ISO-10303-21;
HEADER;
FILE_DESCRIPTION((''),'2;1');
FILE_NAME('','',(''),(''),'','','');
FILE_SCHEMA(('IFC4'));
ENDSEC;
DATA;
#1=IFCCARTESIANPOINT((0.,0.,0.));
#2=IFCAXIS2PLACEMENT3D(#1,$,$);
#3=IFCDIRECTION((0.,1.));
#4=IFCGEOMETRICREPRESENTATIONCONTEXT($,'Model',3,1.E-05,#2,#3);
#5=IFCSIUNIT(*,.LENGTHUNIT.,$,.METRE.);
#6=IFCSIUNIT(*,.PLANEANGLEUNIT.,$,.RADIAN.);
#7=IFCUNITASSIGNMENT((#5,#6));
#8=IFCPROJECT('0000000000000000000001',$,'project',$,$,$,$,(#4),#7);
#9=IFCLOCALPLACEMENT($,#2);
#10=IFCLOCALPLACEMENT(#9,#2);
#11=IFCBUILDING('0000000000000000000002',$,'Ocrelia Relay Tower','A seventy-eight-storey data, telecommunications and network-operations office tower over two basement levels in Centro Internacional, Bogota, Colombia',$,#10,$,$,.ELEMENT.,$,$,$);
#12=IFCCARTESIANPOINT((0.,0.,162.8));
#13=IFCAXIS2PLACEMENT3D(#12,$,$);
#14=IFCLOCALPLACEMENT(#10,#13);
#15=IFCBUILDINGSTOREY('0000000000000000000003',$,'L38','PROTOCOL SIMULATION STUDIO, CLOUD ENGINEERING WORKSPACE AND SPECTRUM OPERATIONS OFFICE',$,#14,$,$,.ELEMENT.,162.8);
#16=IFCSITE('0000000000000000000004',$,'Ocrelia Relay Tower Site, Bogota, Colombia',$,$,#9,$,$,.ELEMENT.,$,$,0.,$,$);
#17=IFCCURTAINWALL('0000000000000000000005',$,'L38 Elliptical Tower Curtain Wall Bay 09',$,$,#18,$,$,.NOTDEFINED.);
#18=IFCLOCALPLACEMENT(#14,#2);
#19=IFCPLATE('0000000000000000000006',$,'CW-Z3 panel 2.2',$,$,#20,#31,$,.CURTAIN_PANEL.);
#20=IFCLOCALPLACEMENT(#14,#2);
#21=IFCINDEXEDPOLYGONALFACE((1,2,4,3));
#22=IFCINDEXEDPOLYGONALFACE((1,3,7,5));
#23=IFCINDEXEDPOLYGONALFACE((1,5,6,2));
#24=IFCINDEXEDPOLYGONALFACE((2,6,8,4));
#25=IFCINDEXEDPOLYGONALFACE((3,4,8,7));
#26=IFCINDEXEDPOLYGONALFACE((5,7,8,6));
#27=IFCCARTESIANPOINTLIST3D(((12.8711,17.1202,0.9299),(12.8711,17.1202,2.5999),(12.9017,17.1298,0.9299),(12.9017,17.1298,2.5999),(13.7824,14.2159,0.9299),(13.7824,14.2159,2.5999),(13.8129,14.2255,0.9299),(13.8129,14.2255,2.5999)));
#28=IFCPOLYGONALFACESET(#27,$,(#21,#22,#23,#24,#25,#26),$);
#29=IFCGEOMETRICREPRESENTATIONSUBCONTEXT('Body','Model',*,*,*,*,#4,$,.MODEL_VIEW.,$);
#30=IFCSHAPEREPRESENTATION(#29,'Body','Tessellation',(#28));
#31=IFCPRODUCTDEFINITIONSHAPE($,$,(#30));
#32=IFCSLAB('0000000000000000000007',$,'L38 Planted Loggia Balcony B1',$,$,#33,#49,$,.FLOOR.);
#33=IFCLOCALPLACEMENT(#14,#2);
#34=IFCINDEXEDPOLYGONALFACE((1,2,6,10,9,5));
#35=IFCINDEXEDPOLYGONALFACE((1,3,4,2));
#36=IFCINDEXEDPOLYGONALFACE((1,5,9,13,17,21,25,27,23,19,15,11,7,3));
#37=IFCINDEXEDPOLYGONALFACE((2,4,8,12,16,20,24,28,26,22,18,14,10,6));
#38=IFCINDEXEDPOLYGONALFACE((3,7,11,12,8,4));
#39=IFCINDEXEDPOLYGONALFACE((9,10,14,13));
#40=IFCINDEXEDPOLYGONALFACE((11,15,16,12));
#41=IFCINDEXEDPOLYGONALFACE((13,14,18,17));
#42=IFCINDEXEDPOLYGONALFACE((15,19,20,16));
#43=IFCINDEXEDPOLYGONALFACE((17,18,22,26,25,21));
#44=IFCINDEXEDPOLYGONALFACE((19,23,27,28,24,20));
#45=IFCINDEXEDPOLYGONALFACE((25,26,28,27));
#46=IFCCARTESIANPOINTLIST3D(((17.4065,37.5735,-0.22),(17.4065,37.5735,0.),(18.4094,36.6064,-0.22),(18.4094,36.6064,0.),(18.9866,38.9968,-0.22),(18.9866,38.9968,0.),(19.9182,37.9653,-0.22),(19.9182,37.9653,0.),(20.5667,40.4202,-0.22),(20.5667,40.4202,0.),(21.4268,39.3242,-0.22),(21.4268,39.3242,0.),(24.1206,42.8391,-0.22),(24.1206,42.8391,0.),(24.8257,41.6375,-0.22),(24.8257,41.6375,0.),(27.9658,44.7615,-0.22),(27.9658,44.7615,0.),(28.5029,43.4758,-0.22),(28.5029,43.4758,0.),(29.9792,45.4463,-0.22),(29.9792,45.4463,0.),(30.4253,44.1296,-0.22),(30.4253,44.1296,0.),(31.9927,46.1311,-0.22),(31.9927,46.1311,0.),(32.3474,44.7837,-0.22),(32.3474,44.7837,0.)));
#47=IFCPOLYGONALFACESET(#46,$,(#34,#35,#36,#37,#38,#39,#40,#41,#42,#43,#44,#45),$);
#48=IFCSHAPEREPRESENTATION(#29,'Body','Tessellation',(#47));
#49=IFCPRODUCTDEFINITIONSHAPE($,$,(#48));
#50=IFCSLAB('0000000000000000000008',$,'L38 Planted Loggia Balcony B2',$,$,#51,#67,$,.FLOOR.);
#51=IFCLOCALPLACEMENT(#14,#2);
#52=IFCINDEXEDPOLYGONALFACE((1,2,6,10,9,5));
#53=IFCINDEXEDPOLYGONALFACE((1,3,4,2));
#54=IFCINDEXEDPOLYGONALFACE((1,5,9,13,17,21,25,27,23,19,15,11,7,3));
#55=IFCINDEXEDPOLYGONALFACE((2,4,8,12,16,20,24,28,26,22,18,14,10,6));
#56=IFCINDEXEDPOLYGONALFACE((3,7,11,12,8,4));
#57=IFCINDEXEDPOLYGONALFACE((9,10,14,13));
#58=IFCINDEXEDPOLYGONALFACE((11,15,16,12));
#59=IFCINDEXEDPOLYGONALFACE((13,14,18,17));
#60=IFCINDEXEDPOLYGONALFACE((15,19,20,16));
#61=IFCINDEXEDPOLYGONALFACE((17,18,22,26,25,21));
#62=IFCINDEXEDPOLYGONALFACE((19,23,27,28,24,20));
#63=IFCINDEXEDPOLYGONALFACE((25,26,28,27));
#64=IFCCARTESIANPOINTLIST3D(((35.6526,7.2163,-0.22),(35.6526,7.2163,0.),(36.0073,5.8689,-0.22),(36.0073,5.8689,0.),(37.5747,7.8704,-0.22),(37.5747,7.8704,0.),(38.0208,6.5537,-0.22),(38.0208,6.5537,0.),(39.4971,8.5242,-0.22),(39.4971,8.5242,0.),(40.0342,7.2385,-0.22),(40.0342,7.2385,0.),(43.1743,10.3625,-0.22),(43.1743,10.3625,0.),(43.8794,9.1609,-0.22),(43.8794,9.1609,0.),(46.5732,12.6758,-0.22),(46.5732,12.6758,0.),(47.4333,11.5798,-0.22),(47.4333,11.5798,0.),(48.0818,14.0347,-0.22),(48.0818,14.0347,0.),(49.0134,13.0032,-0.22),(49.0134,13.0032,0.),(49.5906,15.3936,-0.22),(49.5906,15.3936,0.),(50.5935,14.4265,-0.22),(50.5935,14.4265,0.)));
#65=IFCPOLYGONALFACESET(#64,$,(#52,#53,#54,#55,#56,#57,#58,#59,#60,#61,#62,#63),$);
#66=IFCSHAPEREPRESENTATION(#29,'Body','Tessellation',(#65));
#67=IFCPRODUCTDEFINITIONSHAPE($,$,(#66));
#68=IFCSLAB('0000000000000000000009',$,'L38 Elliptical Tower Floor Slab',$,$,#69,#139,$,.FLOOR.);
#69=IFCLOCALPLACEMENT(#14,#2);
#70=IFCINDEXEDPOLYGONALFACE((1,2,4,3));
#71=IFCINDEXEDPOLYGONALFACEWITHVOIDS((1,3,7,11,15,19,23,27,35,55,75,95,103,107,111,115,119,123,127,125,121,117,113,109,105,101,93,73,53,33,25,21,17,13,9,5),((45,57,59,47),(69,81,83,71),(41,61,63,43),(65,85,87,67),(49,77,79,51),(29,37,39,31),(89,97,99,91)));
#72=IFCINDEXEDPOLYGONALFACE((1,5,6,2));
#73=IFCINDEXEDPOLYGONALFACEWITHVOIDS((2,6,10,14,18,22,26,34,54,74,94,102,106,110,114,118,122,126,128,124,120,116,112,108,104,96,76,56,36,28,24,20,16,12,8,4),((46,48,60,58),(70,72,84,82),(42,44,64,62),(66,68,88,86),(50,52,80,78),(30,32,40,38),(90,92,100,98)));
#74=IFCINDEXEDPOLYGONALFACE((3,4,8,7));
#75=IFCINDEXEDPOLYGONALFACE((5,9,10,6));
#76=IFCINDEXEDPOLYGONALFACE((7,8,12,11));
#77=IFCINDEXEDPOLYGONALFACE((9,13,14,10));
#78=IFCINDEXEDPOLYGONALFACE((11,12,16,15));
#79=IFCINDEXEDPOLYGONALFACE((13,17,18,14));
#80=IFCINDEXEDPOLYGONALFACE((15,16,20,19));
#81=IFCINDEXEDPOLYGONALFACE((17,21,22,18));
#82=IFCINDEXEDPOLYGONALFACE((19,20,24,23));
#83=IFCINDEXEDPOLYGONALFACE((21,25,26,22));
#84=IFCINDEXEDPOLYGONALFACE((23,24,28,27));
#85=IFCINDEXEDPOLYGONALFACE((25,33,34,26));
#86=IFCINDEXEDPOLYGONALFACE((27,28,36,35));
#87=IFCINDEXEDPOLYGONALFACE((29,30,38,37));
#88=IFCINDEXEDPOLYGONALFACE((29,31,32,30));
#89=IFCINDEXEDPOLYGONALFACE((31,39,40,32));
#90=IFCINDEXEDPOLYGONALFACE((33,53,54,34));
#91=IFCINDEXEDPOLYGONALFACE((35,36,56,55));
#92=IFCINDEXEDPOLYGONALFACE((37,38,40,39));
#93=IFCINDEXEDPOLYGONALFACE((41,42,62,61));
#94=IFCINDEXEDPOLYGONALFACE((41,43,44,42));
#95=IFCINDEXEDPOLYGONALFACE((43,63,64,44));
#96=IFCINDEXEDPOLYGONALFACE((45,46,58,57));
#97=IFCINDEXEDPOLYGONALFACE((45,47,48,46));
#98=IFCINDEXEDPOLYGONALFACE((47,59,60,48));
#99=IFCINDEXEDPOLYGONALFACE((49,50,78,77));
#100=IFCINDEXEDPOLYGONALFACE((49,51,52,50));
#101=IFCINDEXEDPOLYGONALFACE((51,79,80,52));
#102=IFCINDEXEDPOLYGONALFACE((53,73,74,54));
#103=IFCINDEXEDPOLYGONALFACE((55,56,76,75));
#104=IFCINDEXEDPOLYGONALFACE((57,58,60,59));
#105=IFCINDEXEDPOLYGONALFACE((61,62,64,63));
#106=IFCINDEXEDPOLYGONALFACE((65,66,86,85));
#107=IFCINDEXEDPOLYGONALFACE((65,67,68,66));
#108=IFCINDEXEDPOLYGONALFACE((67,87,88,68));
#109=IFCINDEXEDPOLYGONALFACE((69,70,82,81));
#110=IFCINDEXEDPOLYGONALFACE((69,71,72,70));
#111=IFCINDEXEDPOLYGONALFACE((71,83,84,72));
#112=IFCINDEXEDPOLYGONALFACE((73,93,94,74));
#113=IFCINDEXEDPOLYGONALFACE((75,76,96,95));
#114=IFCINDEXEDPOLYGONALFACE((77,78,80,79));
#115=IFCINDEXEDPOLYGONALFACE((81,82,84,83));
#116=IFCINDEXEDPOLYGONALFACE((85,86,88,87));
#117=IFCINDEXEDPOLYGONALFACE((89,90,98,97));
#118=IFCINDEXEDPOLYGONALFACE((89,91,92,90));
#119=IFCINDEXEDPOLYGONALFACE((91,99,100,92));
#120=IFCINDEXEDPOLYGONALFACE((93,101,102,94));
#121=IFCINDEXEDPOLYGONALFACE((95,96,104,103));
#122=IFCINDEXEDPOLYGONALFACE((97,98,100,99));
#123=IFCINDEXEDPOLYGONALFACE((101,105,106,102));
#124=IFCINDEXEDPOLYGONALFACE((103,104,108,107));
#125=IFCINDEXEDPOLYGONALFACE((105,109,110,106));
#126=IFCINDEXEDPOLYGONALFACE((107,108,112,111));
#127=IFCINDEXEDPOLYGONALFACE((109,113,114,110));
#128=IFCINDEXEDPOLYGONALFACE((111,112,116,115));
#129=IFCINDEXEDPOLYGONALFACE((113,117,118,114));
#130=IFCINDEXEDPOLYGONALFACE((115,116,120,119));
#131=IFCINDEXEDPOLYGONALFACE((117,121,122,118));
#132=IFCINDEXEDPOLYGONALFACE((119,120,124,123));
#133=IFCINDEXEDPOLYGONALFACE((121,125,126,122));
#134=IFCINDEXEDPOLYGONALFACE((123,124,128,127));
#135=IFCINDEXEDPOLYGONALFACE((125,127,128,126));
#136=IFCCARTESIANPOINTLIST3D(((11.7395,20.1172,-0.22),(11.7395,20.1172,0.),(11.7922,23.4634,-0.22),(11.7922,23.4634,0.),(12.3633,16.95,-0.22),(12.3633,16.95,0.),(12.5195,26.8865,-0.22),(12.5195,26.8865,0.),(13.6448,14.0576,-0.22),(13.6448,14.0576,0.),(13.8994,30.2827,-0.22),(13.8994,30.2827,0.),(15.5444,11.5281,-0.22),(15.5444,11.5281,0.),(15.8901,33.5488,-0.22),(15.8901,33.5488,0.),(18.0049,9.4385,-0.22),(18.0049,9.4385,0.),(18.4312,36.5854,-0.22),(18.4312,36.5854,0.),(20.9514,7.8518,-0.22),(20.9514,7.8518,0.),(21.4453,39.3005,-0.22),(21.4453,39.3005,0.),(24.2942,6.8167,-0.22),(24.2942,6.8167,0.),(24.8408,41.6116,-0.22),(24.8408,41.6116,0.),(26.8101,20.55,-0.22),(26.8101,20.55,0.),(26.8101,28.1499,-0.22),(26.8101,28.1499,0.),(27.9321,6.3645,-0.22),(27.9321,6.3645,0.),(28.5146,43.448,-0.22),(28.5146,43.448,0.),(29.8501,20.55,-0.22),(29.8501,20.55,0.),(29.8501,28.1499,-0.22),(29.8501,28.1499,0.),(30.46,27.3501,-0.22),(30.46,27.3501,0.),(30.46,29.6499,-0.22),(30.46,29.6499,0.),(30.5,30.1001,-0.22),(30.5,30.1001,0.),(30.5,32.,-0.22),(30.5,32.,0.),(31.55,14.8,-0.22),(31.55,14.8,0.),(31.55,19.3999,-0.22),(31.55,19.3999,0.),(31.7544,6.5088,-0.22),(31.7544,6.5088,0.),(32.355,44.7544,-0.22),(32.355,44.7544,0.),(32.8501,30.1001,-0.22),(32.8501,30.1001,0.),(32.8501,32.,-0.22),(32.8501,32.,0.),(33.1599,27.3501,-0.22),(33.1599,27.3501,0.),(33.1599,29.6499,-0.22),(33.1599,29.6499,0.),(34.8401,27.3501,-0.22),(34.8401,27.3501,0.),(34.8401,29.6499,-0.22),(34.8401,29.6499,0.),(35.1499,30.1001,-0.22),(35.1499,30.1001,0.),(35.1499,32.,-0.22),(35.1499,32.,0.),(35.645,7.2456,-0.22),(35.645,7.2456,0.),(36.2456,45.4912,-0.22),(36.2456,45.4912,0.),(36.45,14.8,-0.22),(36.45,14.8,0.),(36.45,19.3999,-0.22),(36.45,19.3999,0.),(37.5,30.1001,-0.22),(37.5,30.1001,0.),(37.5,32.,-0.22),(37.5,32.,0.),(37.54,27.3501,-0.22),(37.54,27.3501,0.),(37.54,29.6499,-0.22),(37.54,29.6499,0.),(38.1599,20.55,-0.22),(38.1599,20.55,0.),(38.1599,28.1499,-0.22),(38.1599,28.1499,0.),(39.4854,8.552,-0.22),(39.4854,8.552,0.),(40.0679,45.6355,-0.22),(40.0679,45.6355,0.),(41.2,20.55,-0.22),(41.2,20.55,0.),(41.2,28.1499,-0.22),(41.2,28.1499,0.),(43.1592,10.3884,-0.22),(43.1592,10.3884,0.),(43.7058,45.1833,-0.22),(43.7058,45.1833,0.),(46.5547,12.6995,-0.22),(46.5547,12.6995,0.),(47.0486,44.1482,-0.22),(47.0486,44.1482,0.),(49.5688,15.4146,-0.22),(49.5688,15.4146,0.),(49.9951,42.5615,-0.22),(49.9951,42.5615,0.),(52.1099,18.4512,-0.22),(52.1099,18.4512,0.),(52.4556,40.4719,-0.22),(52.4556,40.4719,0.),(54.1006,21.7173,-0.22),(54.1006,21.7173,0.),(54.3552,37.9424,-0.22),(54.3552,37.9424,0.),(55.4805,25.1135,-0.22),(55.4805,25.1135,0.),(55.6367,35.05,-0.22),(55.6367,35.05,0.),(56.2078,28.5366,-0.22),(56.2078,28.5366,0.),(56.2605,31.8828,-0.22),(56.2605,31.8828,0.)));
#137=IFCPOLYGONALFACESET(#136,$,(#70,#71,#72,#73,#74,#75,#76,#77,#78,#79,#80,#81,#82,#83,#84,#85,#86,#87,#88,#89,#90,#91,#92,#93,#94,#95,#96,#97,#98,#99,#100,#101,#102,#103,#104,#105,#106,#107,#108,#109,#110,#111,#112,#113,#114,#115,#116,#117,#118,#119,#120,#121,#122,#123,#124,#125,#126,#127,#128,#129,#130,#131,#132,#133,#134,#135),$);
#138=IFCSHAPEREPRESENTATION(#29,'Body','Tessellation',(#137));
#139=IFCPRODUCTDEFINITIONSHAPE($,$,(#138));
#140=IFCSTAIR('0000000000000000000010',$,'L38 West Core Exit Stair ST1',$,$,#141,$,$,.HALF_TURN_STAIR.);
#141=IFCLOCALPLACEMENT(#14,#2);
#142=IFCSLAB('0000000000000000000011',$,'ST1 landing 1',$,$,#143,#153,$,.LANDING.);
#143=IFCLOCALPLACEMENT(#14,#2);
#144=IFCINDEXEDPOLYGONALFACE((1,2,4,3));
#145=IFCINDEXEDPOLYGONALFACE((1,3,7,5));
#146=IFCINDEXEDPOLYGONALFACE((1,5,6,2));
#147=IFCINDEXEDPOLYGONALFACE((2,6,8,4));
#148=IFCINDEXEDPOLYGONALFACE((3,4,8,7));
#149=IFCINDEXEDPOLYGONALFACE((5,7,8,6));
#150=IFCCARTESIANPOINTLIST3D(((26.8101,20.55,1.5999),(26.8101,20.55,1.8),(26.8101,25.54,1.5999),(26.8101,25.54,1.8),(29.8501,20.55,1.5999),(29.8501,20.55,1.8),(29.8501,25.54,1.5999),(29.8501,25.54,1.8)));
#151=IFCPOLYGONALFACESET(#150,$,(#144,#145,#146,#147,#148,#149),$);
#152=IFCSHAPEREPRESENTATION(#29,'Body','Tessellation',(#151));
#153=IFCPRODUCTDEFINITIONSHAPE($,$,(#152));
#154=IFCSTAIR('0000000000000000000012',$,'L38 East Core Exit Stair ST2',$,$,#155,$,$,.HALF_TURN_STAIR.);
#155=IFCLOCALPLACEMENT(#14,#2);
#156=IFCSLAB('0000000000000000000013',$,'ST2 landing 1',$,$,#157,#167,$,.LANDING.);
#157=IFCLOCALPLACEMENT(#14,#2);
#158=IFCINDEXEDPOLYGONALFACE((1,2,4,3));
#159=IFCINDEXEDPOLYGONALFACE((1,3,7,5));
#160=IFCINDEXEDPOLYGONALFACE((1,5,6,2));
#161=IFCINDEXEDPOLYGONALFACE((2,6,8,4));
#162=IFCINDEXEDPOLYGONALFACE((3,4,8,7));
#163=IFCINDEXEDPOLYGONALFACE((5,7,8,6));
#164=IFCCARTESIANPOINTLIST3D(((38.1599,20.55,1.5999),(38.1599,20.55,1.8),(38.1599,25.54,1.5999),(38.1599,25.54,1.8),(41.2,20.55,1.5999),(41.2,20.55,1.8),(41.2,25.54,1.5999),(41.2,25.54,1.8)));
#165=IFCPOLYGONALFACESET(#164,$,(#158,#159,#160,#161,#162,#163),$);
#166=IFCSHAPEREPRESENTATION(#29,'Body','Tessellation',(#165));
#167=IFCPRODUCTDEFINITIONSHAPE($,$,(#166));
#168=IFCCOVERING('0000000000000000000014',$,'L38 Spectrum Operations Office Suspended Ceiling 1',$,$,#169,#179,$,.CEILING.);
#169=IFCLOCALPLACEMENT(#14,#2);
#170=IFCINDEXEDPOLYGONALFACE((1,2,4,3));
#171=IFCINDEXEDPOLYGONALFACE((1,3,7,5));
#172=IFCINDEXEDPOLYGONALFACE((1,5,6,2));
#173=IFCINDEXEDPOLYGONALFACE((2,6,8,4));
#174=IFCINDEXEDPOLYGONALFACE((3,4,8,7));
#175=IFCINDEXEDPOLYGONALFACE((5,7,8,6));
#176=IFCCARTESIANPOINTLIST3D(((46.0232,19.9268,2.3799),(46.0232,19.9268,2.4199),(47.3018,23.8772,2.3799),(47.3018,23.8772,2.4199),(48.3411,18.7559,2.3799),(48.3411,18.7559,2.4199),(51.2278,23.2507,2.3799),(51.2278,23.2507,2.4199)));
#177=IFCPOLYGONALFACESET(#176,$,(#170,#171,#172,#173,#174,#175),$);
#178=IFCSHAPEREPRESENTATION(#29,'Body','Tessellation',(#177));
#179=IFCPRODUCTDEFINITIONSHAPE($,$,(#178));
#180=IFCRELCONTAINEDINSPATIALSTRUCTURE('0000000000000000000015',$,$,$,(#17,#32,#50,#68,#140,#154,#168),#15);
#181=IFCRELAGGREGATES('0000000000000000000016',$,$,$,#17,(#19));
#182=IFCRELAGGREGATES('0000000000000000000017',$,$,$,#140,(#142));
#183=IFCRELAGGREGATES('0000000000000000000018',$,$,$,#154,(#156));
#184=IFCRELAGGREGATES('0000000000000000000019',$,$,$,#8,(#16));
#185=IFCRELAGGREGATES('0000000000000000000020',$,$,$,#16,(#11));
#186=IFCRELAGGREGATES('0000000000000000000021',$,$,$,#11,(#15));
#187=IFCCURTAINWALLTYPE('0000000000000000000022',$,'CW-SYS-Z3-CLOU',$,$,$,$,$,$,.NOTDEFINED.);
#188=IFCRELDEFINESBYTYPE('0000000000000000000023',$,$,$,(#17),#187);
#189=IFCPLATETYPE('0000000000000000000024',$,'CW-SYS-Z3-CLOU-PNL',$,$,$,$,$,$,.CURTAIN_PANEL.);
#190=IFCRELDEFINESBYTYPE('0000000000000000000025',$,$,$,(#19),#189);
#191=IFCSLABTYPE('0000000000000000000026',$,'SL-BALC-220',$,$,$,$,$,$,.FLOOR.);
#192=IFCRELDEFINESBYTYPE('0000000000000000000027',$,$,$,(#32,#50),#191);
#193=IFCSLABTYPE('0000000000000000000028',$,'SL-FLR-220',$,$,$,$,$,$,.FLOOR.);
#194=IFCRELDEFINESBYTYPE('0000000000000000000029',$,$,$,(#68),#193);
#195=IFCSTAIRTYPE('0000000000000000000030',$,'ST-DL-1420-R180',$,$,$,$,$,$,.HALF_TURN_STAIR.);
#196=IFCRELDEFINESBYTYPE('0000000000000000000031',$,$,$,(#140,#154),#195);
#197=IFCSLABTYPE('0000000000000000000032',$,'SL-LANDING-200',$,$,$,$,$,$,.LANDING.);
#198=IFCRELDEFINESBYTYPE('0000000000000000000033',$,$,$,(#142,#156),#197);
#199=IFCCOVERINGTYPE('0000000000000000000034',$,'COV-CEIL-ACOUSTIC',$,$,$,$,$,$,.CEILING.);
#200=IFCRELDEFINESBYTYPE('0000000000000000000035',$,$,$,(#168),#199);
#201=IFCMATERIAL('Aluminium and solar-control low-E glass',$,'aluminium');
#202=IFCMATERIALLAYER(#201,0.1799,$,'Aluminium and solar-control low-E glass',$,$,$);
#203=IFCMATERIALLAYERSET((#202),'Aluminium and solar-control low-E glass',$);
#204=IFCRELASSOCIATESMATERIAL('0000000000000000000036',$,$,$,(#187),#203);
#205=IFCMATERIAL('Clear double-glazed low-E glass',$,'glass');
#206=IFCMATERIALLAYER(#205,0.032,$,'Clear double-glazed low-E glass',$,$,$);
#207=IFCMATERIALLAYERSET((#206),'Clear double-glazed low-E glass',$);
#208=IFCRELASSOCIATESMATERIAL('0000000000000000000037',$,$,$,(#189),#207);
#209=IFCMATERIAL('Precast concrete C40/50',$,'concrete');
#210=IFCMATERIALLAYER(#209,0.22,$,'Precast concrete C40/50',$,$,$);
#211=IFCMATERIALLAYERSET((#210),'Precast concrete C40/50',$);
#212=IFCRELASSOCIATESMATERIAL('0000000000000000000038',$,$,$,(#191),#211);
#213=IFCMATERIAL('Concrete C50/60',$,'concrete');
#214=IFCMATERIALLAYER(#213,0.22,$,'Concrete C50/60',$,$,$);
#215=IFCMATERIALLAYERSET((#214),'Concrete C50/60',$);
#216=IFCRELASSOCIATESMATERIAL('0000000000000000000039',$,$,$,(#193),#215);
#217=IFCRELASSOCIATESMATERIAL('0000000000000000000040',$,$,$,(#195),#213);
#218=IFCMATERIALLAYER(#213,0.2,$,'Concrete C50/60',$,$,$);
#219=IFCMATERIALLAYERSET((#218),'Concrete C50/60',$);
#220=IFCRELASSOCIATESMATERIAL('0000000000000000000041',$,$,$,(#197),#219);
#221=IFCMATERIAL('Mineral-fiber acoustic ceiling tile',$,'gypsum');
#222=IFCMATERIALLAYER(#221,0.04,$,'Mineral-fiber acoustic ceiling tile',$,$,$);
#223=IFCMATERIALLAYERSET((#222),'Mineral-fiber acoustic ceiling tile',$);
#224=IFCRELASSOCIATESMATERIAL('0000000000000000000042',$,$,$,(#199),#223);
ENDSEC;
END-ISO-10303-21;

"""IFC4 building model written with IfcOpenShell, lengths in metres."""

from ifc_helpers import new_model, si_unit, direction, frame, origin, origin_2d, place, context, subcontext, project, spatial, polyline, rectangle, outline, extrude, material, layer, layer_set, type_object, element, aggregate, save


model = new_model("IFC4")

# Units and contexts
model_context = context("Model", 3, precision=1e-05, world=origin(), true_north=direction((0.0, 1.0)))
body_context = subcontext(model_context, "Body", "Model", "MODEL_VIEW")
ifc_project = project(units=[si_unit("LENGTHUNIT", "METRE"), si_unit("PLANEANGLEUNIT", "RADIAN")], contexts=[model_context])

# Site, building, storey
site_placement = place(None, origin())
site = spatial("IfcSite", under=ifc_project, at=site_placement, Name="Ocrelia Relay Tower Site, Bogota, Colombia", CompositionType="ELEMENT", RefElevation=0.0)
building_placement = place(site_placement, origin())
building = spatial("IfcBuilding", under=site, at=building_placement, Name="Ocrelia Relay Tower", Description="A seventy-eight-storey data, telecommunications and network-operations office tower over two basement levels in Centro Internacional, Bogota, Colombia", CompositionType="ELEMENT")
storey_placement = place(building_placement, frame((0.0, 0.0, 162.8)))
storey = spatial("IfcBuildingStorey", under=building, at=storey_placement, Name="L38", Description="PROTOCOL SIMULATION STUDIO, CLOUD ENGINEERING WORKSPACE AND SPECTRUM OPERATIONS OFFICE", CompositionType="ELEMENT", Elevation=162.8)

# Curtain wall
ifc_material_1 = material(Name="Aluminium and solar-control low-E glass", Category="aluminium")
ifc_layer_1 = layer(ifc_material_1, 0.1799, Name="Aluminium and solar-control low-E glass")
ifc_layer_set_1 = layer_set([ifc_layer_1], Name="Aluminium and solar-control low-E glass")
curtain_wall_type = type_object("IfcCurtainWallType", Name="CW-SYS-Z3-CLOU", PredefinedType="NOTDEFINED", material=ifc_layer_set_1)
curtain_wall_1_placement = place(storey_placement, origin())
curtain_wall_1 = element("IfcCurtainWall", 1, at=curtain_wall_1_placement, inside=storey, type_object=curtain_wall_type, Name="L38 Elliptical Tower Curtain Wall Bay 09", PredefinedType="NOTDEFINED")

# Plate
ifc_material_2 = material(Name="Clear double-glazed low-E glass", Category="glass")
ifc_layer_2 = layer(ifc_material_2, 0.032, Name="Clear double-glazed low-E glass")
ifc_layer_set_2 = layer_set([ifc_layer_2], Name="Clear double-glazed low-E glass")
plate_type = type_object("IfcPlateType", Name="CW-SYS-Z3-CLOU-PNL", PredefinedType="CURTAIN_PANEL", material=ifc_layer_set_2)
plate_1_placement = place(storey_placement, frame((13.342, 15.6729, 0.9299), z_axis=(0.0, 0.0, 1.0), x_axis=(0.299375, -0.954136, 0.0)))
plate_1 = element("IfcPlate", 2, at=plate_1_placement, type_object=plate_type, Name="CW-Z3 panel 2.2", PredefinedType="CURTAIN_PANEL", context=body_context, shape_type="SweptSolid", body=[
    extrude(rectangle(XDim=3.0439, YDim=0.032, at=origin_2d()), origin(), (0.0, 0.0, 1.0), 1.6699),
])
aggregate(curtain_wall_1, [plate_1])

# Slabs
ifc_material_3 = material(Name="Precast concrete C40/50", Category="concrete")
ifc_layer_3 = layer(ifc_material_3, 0.22, Name="Precast concrete C40/50")
ifc_layer_set_3 = layer_set([ifc_layer_3], Name="Precast concrete C40/50")
slab_type_1 = type_object("IfcSlabType", Name="SL-BALC-220", PredefinedType="FLOOR", material=ifc_layer_set_3)
slab_1_placement = place(storey_placement, frame((0.0, 0.0, -0.22)))
element("IfcSlab", 3, at=slab_1_placement, inside=storey, type_object=slab_type_1, Name="L38 Planted Loggia Balcony B1", PredefinedType="FLOOR", context=body_context, shape_type="SweptSolid", body=[
    extrude(outline(polyline([(32.3474, 44.7837), (30.4253, 44.1296), (28.5029, 43.4758), (24.8257, 41.6375), (21.4268, 39.3242), (19.9182, 37.9653), (18.4094, 36.6064), (17.4065, 37.5735), (18.9866, 38.9968), (20.5667, 40.4202), (24.1206, 42.8391), (27.9658, 44.7615), (29.9792, 45.4463), (31.9927, 46.1311), (32.3474, 44.7837)])), origin(), (0.0, 0.0, 1.0), 0.22),
])
slab_2_placement = place(storey_placement, frame((0.0, 0.0, -0.22)))
element("IfcSlab", 4, at=slab_2_placement, inside=storey, type_object=slab_type_1, Name="L38 Planted Loggia Balcony B2", PredefinedType="FLOOR", context=body_context, shape_type="SweptSolid", body=[
    extrude(outline(polyline([(35.6526, 7.2163), (37.5747, 7.8704), (39.4971, 8.5242), (43.1743, 10.3625), (46.5732, 12.6758), (48.0818, 14.0347), (49.5906, 15.3936), (50.5935, 14.4265), (49.0134, 13.0032), (47.4333, 11.5798), (43.8794, 9.1609), (40.0342, 7.2385), (38.0208, 6.5537), (36.0073, 5.8689), (35.6526, 7.2163)])), origin(), (0.0, 0.0, 1.0), 0.22),
])
ifc_material_4 = material(Name="Concrete C50/60", Category="concrete")
ifc_layer_4 = layer(ifc_material_4, 0.22, Name="Concrete C50/60")
ifc_layer_set_4 = layer_set([ifc_layer_4], Name="Concrete C50/60")
slab_type_2 = type_object("IfcSlabType", Name="SL-FLR-220", PredefinedType="FLOOR", material=ifc_layer_set_4)
slab_3_placement = place(storey_placement, frame((0.0, 0.0, -0.22)))
element("IfcSlab", 5, at=slab_3_placement, inside=storey, type_object=slab_type_2, Name="L38 Elliptical Tower Floor Slab", PredefinedType="FLOOR", context=body_context, shape_type="SweptSolid", body=[
    extrude(outline(polyline([(54.3552, 37.9424), (52.4556, 40.4719), (49.9951, 42.5615), (47.0486, 44.1482), (43.7058, 45.1833), (40.0679, 45.6355), (36.2456, 45.4912), (32.355, 44.7544), (28.5146, 43.448), (24.8408, 41.6116), (21.4453, 39.3005), (18.4312, 36.5854), (15.8901, 33.5488), (13.8994, 30.2827), (12.5195, 26.8865), (11.7922, 23.4634), (11.7395, 20.1172), (12.3633, 16.95), (13.6448, 14.0576), (15.5444, 11.5281), (18.0049, 9.4385), (20.9514, 7.8518), (24.2942, 6.8167), (27.9321, 6.3645), (31.7544, 6.5088), (35.645, 7.2456), (39.4854, 8.552), (43.1592, 10.3884), (46.5547, 12.6995), (49.5688, 15.4146), (52.1099, 18.4512), (54.1006, 21.7173), (55.4805, 25.1135), (56.2078, 28.5366), (56.2605, 31.8828), (55.6367, 35.05), (54.3552, 37.9424)]), holes=[polyline([(26.8101, 28.1499), (26.8101, 20.55), (29.8501, 20.55), (29.8501, 28.1499), (26.8101, 28.1499)]), polyline([(38.1599, 28.1499), (38.1599, 20.55), (41.2, 20.55), (41.2, 28.1499), (38.1599, 28.1499)]), polyline([(30.46, 27.3501), (33.1599, 27.3501), (33.1599, 29.6499), (30.46, 29.6499), (30.46, 27.3501)]), polyline([(34.8401, 27.3501), (37.54, 27.3501), (37.54, 29.6499), (34.8401, 29.6499), (34.8401, 27.3501)]), polyline([(30.5, 30.1001), (32.8501, 30.1001), (32.8501, 32.0), (30.5, 32.0), (30.5, 30.1001)]), polyline([(35.1499, 30.1001), (37.5, 30.1001), (37.5, 32.0), (35.1499, 32.0), (35.1499, 30.1001)]), polyline([(31.55, 14.8), (36.45, 14.8), (36.45, 19.3999), (31.55, 19.3999), (31.55, 14.8)])]), origin(), (0.0, 0.0, 1.0), 0.22),
])

# Stairs, slabs
stair_type = type_object("IfcStairType", Name="ST-DL-1420-R180", PredefinedType="HALF_TURN_STAIR", material=ifc_material_4)
stair_1_placement = place(storey_placement, origin())
stair_1 = element("IfcStair", 6, at=stair_1_placement, inside=storey, type_object=stair_type, Name="L38 West Core Exit Stair ST1", PredefinedType="HALF_TURN_STAIR")
ifc_layer_5 = layer(ifc_material_4, 0.2, Name="Concrete C50/60")
ifc_layer_set_5 = layer_set([ifc_layer_5], Name="Concrete C50/60")
slab_type_3 = type_object("IfcSlabType", Name="SL-LANDING-200", PredefinedType="LANDING", material=ifc_layer_set_5)
slab_4_placement = place(storey_placement, frame((0.0, 0.0, 1.5999)))
slab_4 = element("IfcSlab", 7, at=slab_4_placement, type_object=slab_type_3, Name="ST1 landing 1", PredefinedType="LANDING", context=body_context, shape_type="SweptSolid", body=[
    extrude(outline(polyline([(26.8101, 25.54), (26.8101, 20.55), (29.8501, 20.55), (29.8501, 25.54), (26.8101, 25.54)])), origin(), (0.0, 0.0, 1.0), 0.2002),
])
aggregate(stair_1, [slab_4])
stair_2_placement = place(storey_placement, origin())
stair_2 = element("IfcStair", 8, at=stair_2_placement, inside=storey, type_object=stair_type, Name="L38 East Core Exit Stair ST2", PredefinedType="HALF_TURN_STAIR")
slab_5_placement = place(storey_placement, frame((0.0, 0.0, 1.5999)))
slab_5 = element("IfcSlab", 9, at=slab_5_placement, type_object=slab_type_3, Name="ST2 landing 1", PredefinedType="LANDING", context=body_context, shape_type="SweptSolid", body=[
    extrude(outline(polyline([(38.1599, 25.54), (38.1599, 20.55), (41.2, 20.55), (41.2, 25.54), (38.1599, 25.54)])), origin(), (0.0, 0.0, 1.0), 0.2002),
])
aggregate(stair_2, [slab_5])

# Covering
ifc_material_5 = material(Name="Mineral-fiber acoustic ceiling tile", Category="gypsum")
ifc_layer_6 = layer(ifc_material_5, 0.04, Name="Mineral-fiber acoustic ceiling tile")
ifc_layer_set_6 = layer_set([ifc_layer_6], Name="Mineral-fiber acoustic ceiling tile")
covering_type_1 = type_object("IfcCoveringType", Name="COV-CEIL-ACOUSTIC", PredefinedType="CEILING", material=ifc_layer_set_6)
covering_1_placement = place(storey_placement, frame((0.0, 0.0, 2.3799)))
element("IfcCovering", 10, at=covering_1_placement, inside=storey, type_object=covering_type_1, Name="L38 Spectrum Operations Office Suspended Ceiling 1", PredefinedType="CEILING", context=body_context, shape_type="SweptSolid", body=[
    extrude(outline(polyline([(46.0232, 19.9268), (48.3411, 18.7559), (51.2278, 23.2507), (47.3018, 23.8772), (46.0232, 19.9268)])), origin(), (0.0, 0.0, 1.0), 0.04),
])

save(model, "model.ifc")
